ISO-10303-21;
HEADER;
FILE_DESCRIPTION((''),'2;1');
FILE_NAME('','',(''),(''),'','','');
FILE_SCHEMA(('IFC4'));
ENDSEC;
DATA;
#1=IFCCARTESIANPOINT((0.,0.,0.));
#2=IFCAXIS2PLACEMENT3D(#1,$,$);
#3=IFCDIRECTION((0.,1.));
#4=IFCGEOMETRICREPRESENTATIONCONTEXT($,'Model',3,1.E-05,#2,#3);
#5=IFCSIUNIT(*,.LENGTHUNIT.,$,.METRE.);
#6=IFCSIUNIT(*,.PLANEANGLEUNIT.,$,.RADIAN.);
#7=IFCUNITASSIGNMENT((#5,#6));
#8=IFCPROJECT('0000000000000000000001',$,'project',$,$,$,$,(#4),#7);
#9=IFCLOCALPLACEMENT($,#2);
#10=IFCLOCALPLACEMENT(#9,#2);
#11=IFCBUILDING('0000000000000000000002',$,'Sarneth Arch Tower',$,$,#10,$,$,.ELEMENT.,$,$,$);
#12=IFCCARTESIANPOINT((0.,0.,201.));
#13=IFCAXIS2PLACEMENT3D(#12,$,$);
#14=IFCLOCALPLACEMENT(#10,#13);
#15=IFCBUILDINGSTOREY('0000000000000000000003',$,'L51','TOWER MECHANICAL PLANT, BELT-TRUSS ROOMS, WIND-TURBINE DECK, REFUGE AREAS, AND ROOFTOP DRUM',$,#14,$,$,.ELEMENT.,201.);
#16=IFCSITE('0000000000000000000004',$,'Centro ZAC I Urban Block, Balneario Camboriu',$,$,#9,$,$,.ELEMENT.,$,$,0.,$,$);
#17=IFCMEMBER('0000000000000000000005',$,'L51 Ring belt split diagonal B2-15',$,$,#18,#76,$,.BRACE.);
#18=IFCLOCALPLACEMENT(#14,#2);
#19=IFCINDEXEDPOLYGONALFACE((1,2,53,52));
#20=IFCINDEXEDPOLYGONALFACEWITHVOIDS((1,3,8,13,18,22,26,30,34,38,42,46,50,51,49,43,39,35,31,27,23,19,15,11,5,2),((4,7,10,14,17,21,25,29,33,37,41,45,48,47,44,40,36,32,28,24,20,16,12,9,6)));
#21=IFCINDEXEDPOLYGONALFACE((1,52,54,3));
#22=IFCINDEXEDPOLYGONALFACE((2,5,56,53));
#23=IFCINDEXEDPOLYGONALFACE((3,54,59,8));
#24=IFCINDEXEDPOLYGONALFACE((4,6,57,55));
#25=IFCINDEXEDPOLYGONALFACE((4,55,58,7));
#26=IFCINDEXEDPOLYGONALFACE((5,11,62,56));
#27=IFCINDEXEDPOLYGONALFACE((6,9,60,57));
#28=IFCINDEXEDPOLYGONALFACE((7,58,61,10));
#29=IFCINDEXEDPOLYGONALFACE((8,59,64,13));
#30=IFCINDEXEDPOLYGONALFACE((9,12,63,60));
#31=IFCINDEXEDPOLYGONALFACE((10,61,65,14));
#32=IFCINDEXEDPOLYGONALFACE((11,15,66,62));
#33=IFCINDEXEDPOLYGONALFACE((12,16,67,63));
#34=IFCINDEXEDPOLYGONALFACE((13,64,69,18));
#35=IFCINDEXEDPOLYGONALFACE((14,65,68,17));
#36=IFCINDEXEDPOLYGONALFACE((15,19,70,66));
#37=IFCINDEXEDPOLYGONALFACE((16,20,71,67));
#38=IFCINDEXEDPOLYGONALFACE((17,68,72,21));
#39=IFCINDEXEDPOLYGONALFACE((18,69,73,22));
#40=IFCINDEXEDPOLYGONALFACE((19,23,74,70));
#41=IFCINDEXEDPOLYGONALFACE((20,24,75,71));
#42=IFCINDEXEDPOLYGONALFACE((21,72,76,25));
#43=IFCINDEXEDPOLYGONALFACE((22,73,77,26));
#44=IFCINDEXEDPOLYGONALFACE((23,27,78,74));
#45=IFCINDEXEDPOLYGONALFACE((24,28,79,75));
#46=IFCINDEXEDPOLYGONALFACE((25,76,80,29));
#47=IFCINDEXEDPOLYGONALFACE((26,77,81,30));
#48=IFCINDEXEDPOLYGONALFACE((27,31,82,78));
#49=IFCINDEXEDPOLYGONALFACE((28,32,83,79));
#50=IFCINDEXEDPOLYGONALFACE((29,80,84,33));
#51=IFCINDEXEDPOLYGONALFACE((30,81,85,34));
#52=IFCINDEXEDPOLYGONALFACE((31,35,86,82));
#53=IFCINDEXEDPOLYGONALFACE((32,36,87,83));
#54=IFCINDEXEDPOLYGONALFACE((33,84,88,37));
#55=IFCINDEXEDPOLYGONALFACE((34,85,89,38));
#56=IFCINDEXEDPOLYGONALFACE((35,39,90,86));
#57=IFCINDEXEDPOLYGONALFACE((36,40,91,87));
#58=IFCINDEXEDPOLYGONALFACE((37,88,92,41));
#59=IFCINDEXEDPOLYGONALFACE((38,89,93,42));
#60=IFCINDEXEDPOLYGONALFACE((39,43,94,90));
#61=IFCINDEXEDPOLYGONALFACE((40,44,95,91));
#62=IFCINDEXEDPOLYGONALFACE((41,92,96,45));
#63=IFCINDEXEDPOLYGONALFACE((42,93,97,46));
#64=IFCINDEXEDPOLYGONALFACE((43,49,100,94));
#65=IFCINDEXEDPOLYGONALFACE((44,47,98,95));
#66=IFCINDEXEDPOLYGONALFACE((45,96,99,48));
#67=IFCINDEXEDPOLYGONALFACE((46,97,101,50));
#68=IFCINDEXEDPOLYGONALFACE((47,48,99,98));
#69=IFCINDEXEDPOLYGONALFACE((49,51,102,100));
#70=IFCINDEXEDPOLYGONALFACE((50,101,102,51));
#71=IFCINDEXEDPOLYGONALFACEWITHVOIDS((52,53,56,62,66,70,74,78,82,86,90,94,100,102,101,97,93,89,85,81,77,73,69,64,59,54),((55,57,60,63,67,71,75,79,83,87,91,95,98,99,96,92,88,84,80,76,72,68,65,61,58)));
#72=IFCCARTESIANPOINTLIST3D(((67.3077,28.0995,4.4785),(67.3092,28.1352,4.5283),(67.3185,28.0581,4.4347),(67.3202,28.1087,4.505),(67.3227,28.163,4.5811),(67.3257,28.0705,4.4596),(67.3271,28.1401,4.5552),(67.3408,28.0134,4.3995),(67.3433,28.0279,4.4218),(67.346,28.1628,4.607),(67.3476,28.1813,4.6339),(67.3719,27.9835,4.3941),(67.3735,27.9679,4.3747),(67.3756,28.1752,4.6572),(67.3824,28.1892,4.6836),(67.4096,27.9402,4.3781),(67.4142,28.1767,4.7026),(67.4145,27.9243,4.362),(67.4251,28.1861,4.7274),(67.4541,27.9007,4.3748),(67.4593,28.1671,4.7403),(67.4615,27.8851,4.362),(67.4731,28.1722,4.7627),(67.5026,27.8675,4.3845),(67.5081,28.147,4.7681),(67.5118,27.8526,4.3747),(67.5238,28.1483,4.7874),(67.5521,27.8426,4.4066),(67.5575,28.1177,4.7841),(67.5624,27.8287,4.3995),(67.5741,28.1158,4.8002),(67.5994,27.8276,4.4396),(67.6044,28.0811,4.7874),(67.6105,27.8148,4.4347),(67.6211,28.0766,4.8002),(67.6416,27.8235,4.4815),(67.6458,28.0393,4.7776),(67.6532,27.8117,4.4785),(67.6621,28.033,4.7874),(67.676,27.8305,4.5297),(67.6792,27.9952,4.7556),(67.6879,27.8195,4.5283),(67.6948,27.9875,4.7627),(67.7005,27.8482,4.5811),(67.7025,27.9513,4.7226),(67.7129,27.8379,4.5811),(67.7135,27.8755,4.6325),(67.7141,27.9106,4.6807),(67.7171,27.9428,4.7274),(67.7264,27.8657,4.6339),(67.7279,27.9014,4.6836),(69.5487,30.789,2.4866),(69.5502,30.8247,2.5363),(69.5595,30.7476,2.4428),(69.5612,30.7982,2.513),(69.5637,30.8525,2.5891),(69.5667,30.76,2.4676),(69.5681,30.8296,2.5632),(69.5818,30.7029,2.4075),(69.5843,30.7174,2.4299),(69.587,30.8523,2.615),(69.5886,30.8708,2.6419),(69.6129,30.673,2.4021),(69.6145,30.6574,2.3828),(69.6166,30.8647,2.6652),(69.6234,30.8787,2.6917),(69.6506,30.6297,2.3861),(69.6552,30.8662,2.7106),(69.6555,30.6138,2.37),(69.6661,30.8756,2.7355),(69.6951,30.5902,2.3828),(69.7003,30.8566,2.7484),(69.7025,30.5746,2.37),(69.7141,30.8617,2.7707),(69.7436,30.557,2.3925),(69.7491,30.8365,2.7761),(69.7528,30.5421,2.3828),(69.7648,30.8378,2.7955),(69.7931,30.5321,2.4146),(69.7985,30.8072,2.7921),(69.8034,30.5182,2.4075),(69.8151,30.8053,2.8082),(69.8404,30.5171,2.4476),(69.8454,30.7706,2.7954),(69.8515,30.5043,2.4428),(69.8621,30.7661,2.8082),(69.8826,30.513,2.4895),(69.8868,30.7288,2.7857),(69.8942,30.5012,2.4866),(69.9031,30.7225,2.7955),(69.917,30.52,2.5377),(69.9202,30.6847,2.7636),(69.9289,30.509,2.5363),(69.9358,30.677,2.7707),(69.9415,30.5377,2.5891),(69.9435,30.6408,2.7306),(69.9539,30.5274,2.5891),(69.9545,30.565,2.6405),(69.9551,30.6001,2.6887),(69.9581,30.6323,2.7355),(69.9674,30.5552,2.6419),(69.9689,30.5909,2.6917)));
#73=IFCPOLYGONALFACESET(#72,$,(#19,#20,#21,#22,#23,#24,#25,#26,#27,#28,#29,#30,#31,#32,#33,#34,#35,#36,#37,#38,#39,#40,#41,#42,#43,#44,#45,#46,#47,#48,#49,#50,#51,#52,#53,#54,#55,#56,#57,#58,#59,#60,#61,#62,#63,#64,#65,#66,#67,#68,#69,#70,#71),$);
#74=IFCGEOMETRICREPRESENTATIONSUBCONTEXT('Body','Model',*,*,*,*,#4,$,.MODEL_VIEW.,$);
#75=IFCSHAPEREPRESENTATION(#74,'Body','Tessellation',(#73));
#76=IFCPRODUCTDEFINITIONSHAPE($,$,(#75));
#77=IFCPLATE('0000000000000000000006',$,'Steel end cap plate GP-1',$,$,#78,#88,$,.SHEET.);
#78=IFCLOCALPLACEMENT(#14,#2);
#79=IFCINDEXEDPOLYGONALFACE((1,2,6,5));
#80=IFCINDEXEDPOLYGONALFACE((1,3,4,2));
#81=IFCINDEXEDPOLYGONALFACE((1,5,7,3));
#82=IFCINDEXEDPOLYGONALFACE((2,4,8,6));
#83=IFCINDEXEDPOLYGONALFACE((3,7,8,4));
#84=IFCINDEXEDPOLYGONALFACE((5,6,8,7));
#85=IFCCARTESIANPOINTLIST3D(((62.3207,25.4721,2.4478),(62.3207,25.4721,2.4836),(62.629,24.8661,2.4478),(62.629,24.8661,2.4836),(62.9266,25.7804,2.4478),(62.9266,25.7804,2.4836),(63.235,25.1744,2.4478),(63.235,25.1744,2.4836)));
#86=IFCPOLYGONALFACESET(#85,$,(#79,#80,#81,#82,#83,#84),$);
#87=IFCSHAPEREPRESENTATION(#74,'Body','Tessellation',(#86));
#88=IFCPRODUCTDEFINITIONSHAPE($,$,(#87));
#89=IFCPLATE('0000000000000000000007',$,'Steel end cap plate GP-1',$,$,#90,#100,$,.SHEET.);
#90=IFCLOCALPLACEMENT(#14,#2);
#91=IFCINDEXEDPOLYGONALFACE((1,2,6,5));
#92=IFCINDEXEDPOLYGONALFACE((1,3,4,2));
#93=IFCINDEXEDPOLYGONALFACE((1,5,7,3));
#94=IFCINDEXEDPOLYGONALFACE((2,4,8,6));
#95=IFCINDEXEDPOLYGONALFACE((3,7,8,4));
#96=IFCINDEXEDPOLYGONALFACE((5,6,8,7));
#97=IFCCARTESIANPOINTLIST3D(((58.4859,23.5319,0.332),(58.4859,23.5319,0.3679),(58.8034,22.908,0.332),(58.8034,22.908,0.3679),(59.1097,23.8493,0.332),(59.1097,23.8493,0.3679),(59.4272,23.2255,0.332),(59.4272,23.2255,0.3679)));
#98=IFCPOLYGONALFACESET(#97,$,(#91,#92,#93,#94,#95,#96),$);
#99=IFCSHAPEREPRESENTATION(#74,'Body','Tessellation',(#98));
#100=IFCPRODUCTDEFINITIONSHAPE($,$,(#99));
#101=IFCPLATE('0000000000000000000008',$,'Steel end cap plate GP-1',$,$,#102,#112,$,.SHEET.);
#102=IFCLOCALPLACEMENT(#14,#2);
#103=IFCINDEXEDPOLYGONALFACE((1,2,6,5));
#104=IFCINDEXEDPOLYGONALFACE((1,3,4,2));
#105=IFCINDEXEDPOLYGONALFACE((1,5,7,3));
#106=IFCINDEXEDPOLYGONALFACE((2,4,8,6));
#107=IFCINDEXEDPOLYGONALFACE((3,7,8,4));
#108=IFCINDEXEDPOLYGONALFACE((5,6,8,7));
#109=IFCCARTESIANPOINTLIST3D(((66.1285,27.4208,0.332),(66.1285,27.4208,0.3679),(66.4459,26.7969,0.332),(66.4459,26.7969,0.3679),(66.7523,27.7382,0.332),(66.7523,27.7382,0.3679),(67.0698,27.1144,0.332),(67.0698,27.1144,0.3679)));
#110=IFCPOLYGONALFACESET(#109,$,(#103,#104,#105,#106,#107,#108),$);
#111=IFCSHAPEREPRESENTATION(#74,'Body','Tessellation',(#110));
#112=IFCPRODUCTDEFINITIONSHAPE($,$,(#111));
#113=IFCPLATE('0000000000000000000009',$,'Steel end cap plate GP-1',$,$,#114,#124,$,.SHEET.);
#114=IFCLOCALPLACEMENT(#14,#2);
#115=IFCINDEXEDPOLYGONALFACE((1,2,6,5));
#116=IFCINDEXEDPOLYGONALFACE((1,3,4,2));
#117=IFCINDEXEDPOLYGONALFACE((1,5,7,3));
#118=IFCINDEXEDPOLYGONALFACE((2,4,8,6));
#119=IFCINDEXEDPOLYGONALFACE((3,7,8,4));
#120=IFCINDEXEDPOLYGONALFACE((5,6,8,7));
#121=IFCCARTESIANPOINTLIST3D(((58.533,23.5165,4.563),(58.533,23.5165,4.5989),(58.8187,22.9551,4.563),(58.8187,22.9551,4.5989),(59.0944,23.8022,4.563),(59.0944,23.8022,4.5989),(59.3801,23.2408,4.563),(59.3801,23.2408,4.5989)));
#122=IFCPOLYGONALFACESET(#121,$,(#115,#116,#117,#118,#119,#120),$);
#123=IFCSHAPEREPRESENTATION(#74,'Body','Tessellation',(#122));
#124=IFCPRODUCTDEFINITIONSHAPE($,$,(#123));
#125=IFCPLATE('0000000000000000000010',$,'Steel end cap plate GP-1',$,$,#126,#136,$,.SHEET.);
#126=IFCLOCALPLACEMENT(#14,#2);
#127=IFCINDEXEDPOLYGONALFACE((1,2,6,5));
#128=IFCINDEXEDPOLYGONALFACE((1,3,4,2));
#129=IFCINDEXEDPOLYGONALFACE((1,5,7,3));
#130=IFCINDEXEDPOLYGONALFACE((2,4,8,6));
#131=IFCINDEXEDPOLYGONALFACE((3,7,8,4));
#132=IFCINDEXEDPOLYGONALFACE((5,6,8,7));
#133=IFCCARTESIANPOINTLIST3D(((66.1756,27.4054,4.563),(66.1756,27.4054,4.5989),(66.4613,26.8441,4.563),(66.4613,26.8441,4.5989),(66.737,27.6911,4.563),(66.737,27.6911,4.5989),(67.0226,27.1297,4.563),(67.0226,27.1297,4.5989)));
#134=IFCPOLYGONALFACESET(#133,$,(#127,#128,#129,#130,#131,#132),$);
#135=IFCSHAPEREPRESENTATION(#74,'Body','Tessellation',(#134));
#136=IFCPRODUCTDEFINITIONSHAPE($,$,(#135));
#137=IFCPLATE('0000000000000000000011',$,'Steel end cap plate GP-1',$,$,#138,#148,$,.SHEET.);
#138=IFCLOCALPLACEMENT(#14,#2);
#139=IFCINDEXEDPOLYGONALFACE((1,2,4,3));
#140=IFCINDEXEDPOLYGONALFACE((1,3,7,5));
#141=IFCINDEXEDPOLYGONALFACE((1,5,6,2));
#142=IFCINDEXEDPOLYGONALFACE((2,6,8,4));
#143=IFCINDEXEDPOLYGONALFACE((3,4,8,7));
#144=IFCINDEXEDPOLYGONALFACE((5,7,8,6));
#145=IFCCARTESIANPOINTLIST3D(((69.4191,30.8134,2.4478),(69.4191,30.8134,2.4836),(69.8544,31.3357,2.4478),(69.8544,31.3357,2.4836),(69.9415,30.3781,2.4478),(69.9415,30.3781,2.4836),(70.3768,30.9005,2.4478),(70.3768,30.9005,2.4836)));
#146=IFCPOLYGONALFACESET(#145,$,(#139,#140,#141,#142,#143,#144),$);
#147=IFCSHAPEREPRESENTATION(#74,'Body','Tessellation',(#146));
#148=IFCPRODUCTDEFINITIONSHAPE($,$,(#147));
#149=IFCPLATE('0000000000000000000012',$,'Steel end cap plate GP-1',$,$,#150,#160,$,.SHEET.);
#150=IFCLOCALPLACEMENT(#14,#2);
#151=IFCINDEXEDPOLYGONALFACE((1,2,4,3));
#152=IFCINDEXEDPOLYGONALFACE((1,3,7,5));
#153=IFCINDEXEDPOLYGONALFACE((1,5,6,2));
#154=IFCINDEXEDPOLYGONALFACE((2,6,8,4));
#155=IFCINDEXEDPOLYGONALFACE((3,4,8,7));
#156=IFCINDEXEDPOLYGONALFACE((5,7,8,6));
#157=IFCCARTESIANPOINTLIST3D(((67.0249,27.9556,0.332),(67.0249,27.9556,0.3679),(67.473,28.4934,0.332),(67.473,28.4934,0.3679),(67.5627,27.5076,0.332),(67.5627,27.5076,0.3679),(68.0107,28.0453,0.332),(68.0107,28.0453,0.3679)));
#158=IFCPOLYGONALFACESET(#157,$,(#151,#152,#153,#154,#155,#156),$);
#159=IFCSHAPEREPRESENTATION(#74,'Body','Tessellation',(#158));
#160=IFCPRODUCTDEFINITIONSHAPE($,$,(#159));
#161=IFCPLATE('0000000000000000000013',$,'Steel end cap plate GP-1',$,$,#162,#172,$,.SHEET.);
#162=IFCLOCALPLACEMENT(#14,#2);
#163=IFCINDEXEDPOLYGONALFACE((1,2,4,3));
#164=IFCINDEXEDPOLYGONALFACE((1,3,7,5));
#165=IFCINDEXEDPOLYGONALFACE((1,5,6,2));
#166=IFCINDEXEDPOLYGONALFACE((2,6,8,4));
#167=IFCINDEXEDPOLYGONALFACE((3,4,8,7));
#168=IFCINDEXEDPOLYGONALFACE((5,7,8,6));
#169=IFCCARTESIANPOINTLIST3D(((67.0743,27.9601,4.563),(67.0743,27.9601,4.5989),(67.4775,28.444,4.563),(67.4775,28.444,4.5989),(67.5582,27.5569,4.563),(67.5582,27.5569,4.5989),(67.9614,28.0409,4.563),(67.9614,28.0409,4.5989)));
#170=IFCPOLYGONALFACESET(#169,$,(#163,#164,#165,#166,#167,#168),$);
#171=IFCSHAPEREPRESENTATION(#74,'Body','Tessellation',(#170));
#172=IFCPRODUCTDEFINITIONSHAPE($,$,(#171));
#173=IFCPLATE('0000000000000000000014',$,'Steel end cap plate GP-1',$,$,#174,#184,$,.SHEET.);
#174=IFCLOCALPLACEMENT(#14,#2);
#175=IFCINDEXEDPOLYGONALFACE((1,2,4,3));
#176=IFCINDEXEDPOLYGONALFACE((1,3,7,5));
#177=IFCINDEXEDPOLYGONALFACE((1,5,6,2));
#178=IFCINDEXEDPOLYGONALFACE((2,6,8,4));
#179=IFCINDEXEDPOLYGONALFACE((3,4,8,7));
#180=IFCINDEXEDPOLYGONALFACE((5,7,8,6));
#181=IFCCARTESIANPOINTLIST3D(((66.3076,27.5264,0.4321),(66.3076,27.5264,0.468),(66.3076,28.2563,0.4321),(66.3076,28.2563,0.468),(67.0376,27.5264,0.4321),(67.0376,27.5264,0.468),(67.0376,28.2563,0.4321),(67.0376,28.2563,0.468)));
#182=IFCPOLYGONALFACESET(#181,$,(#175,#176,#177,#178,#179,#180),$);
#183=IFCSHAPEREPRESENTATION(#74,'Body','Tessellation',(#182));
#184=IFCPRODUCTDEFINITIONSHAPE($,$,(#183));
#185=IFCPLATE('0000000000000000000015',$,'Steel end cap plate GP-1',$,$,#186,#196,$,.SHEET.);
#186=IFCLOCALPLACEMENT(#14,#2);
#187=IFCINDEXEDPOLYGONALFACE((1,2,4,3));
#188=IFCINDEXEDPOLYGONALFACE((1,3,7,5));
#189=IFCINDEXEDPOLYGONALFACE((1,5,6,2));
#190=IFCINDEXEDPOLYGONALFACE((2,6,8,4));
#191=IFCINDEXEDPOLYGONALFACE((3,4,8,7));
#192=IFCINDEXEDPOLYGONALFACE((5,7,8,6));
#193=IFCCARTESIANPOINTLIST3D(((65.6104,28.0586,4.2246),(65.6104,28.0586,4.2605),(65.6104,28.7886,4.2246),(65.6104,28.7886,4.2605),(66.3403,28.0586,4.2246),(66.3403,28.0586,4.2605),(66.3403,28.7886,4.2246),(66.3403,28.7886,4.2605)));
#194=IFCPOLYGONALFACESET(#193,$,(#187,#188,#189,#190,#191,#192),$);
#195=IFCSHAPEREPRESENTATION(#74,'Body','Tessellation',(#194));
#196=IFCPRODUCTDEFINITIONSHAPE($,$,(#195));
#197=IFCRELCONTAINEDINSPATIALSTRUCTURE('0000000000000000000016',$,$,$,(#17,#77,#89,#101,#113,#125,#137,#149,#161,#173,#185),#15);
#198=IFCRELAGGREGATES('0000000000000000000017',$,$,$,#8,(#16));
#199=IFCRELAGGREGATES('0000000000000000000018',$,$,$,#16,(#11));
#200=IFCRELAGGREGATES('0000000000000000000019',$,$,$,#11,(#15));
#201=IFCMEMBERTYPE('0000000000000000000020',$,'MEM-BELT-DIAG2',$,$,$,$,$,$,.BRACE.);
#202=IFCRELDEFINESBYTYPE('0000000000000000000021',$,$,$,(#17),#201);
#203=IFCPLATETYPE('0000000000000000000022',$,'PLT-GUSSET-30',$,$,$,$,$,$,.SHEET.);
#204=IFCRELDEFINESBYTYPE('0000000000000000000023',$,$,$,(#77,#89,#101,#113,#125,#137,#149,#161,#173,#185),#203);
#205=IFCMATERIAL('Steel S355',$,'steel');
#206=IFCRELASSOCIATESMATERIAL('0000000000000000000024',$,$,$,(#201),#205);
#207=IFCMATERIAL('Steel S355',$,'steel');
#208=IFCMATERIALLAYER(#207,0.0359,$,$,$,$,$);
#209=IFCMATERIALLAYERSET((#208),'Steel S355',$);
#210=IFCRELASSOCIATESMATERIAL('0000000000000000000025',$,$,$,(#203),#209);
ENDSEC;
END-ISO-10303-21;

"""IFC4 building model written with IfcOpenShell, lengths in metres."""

from ifc_helpers import new_model, si_unit, direction, frame, origin, origin_2d, place, context, subcontext, project, spatial, rectangle, hollow_circle, extrude, material, layer, layer_set, material_profile, profile_set, type_object, element, save


model = new_model("IFC4")

# Units and contexts
model_context = context("Model", 3, precision=1e-05, world=origin(), true_north=direction((0.0, 1.0)))
body_context = subcontext(model_context, "Body", "Model", "MODEL_VIEW")
ifc_project = project(units=[si_unit("LENGTHUNIT", "METRE"), si_unit("PLANEANGLEUNIT", "RADIAN")], contexts=[model_context])

# Site, building, storey
site_placement = place(None, origin())
site = spatial("IfcSite", under=ifc_project, at=site_placement, Name="Centro ZAC I Urban Block, Balneario Camboriu", CompositionType="ELEMENT", RefElevation=0.0)
building_placement = place(site_placement, origin())
building = spatial("IfcBuilding", under=site, at=building_placement, Name="Sarneth Arch Tower", CompositionType="ELEMENT")
storey_placement = place(building_placement, frame((0.0, 0.0, 201.0)))
storey = spatial("IfcBuildingStorey", under=building, at=storey_placement, Name="L51", Description="TOWER MECHANICAL PLANT, BELT-TRUSS ROOMS, WIND-TURBINE DECK, REFUGE AREAS, AND ROOFTOP DRUM", CompositionType="ELEMENT", Elevation=201.0)

# Member
ifc_material_1 = material(Name="Steel S355", Category="steel")
ifc_material_profile_1 = material_profile(ifc_material_1, hollow_circle(Radius=0.2539, WallThickness=0.0161, at=origin_2d()), Name="CHS508x16")
ifc_profile_set_1 = profile_set([ifc_material_profile_1], Name="Steel S355")
member_type_1 = type_object("IfcMemberType", Name="MEM-BELT-DIAG2", PredefinedType="BRACE", material=ifc_profile_set_1)
member_1_placement = place(storey_placement, frame((69.7588, 30.6899, 2.5891), z_axis=(-0.556379, -0.667728, 0.494552), x_axis=(0.768256, -0.640143, 0.0)))
element("IfcMember", 1, at=member_1_placement, inside=storey, type_object=member_type_1, Name="L51 Ring belt split diagonal B2-15", PredefinedType="BRACE", context=body_context, shape_type="SweptSolid", body=[
    extrude(hollow_circle(Radius=0.2539, WallThickness=0.0161, at=origin_2d()), origin(), (0.0, 0.0, 1.0), 4.0278),
])

# Plates
ifc_material_2 = material(Name="Steel S355", Category="steel")
ifc_layer_1 = layer(ifc_material_2, 0.0359)
ifc_layer_set_1 = layer_set([ifc_layer_1], Name="Steel S355")
plate_type_1 = type_object("IfcPlateType", Name="PLT-GUSSET-30", PredefinedType="SHEET", material=ifc_layer_set_1)
plate_1_placement = place(storey_placement, frame((62.7778, 25.3232, 2.4478), z_axis=(0.0, 0.0, 1.0), x_axis=(0.891244, 0.453524, 0.0)))
element("IfcPlate", 2, at=plate_1_placement, inside=storey, type_object=plate_type_1, Name="Steel end cap plate GP-1", PredefinedType="SHEET", context=body_context, shape_type="SweptSolid", body=[
    extrude(rectangle(XDim=0.6799, YDim=0.6799, at=origin_2d()), origin(), (0.0, 0.0, 1.0), 0.0359),
])
for number, where, z_axis, x_axis, name in (
    (3, (58.9565, 23.3787, 0.332), (0.0, 0.0, 1.0), (-0.891244, -0.453524, 0.0), "Steel end cap plate GP-1"),
    (4, (66.5991, 27.2676, 0.332), (0.0, 0.0, 1.0), (0.891244, 0.453524, 0.0), "Steel end cap plate GP-1"),
):
    element("IfcPlate", number, at=place(storey_placement, frame(where, z_axis=z_axis, x_axis=x_axis)), inside=storey, type_object=plate_type_1, Name=name, PredefinedType="SHEET", context=body_context, shape_type="SweptSolid", body=[
        extrude(rectangle(XDim=0.7, YDim=0.7, at=origin_2d()), origin(), (0.0, 0.0, 1.0), 0.0359),
    ])
for number, where, z_axis, x_axis, name in (
    (5, (58.9565, 23.3787, 4.563), (0.0, 0.0, 1.0), (-0.891244, -0.453524, 0.0), "Steel end cap plate GP-1"),
    (6, (66.5991, 27.2676, 4.563), (0.0, 0.0, 1.0), (0.891244, 0.453524, 0.0), "Steel end cap plate GP-1"),
):
    element("IfcPlate", number, at=place(storey_placement, frame(where, z_axis=z_axis, x_axis=x_axis)), inside=storey, type_object=plate_type_1, Name=name, PredefinedType="SHEET", context=body_context, shape_type="SweptSolid", body=[
        extrude(rectangle(XDim=0.6299, YDim=0.6299, at=origin_2d()), origin(), (0.0, 0.0, 1.0), 0.0359),
    ])
plate_2_placement = place(storey_placement, frame((69.8979, 30.8569, 2.4478), z_axis=(0.0, 0.0, 1.0), x_axis=(0.64011, 0.768284, 0.0)))
element("IfcPlate", 7, at=plate_2_placement, inside=storey, type_object=plate_type_1, Name="Steel end cap plate GP-1", PredefinedType="SHEET", context=body_context, shape_type="SweptSolid", body=[
    extrude(rectangle(XDim=0.6799, YDim=0.6799, at=origin_2d()), origin(), (0.0, 0.0, 1.0), 0.0359),
])
plate_3_placement = place(storey_placement, frame((67.5178, 28.0005, 0.332), z_axis=(0.0, 0.0, 1.0), x_axis=(-0.64011, -0.768284, 0.0)))
element("IfcPlate", 8, at=plate_3_placement, inside=storey, type_object=plate_type_1, Name="Steel end cap plate GP-1", PredefinedType="SHEET", context=body_context, shape_type="SweptSolid", body=[
    extrude(rectangle(XDim=0.7, YDim=0.7, at=origin_2d()), origin(), (0.0, 0.0, 1.0), 0.0359),
])
plate_4_placement = place(storey_placement, frame((67.5178, 28.0005, 4.563), z_axis=(0.0, 0.0, 1.0), x_axis=(-0.64011, -0.768284, 0.0)))
element("IfcPlate", 9, at=plate_4_placement, inside=storey, type_object=plate_type_1, Name="Steel end cap plate GP-1", PredefinedType="SHEET", context=body_context, shape_type="SweptSolid", body=[
    extrude(rectangle(XDim=0.6299, YDim=0.6299, at=origin_2d()), origin(), (0.0, 0.0, 1.0), 0.0359),
])
for number, where, z_axis, x_axis, name in (
    (10, (66.6726, 27.8914, 0.4321), (0.0, 0.0, 1.0), (1.0, 0.0, 0.0), "Steel end cap plate GP-1"),
    (11, (65.9753, 28.4236, 4.2246), (0.0, 0.0, 1.0), (1.0, 0.0, 0.0), "Steel end cap plate GP-1"),
):
    element("IfcPlate", number, at=place(storey_placement, frame(where, z_axis=z_axis, x_axis=x_axis)), inside=storey, type_object=plate_type_1, Name=name, PredefinedType="SHEET", context=body_context, shape_type="SweptSolid", body=[
        extrude(rectangle(XDim=0.73, YDim=0.73, at=origin_2d()), origin(), (0.0, 0.0, 1.0), 0.0359),
    ])

save(model, "model.ifc")
